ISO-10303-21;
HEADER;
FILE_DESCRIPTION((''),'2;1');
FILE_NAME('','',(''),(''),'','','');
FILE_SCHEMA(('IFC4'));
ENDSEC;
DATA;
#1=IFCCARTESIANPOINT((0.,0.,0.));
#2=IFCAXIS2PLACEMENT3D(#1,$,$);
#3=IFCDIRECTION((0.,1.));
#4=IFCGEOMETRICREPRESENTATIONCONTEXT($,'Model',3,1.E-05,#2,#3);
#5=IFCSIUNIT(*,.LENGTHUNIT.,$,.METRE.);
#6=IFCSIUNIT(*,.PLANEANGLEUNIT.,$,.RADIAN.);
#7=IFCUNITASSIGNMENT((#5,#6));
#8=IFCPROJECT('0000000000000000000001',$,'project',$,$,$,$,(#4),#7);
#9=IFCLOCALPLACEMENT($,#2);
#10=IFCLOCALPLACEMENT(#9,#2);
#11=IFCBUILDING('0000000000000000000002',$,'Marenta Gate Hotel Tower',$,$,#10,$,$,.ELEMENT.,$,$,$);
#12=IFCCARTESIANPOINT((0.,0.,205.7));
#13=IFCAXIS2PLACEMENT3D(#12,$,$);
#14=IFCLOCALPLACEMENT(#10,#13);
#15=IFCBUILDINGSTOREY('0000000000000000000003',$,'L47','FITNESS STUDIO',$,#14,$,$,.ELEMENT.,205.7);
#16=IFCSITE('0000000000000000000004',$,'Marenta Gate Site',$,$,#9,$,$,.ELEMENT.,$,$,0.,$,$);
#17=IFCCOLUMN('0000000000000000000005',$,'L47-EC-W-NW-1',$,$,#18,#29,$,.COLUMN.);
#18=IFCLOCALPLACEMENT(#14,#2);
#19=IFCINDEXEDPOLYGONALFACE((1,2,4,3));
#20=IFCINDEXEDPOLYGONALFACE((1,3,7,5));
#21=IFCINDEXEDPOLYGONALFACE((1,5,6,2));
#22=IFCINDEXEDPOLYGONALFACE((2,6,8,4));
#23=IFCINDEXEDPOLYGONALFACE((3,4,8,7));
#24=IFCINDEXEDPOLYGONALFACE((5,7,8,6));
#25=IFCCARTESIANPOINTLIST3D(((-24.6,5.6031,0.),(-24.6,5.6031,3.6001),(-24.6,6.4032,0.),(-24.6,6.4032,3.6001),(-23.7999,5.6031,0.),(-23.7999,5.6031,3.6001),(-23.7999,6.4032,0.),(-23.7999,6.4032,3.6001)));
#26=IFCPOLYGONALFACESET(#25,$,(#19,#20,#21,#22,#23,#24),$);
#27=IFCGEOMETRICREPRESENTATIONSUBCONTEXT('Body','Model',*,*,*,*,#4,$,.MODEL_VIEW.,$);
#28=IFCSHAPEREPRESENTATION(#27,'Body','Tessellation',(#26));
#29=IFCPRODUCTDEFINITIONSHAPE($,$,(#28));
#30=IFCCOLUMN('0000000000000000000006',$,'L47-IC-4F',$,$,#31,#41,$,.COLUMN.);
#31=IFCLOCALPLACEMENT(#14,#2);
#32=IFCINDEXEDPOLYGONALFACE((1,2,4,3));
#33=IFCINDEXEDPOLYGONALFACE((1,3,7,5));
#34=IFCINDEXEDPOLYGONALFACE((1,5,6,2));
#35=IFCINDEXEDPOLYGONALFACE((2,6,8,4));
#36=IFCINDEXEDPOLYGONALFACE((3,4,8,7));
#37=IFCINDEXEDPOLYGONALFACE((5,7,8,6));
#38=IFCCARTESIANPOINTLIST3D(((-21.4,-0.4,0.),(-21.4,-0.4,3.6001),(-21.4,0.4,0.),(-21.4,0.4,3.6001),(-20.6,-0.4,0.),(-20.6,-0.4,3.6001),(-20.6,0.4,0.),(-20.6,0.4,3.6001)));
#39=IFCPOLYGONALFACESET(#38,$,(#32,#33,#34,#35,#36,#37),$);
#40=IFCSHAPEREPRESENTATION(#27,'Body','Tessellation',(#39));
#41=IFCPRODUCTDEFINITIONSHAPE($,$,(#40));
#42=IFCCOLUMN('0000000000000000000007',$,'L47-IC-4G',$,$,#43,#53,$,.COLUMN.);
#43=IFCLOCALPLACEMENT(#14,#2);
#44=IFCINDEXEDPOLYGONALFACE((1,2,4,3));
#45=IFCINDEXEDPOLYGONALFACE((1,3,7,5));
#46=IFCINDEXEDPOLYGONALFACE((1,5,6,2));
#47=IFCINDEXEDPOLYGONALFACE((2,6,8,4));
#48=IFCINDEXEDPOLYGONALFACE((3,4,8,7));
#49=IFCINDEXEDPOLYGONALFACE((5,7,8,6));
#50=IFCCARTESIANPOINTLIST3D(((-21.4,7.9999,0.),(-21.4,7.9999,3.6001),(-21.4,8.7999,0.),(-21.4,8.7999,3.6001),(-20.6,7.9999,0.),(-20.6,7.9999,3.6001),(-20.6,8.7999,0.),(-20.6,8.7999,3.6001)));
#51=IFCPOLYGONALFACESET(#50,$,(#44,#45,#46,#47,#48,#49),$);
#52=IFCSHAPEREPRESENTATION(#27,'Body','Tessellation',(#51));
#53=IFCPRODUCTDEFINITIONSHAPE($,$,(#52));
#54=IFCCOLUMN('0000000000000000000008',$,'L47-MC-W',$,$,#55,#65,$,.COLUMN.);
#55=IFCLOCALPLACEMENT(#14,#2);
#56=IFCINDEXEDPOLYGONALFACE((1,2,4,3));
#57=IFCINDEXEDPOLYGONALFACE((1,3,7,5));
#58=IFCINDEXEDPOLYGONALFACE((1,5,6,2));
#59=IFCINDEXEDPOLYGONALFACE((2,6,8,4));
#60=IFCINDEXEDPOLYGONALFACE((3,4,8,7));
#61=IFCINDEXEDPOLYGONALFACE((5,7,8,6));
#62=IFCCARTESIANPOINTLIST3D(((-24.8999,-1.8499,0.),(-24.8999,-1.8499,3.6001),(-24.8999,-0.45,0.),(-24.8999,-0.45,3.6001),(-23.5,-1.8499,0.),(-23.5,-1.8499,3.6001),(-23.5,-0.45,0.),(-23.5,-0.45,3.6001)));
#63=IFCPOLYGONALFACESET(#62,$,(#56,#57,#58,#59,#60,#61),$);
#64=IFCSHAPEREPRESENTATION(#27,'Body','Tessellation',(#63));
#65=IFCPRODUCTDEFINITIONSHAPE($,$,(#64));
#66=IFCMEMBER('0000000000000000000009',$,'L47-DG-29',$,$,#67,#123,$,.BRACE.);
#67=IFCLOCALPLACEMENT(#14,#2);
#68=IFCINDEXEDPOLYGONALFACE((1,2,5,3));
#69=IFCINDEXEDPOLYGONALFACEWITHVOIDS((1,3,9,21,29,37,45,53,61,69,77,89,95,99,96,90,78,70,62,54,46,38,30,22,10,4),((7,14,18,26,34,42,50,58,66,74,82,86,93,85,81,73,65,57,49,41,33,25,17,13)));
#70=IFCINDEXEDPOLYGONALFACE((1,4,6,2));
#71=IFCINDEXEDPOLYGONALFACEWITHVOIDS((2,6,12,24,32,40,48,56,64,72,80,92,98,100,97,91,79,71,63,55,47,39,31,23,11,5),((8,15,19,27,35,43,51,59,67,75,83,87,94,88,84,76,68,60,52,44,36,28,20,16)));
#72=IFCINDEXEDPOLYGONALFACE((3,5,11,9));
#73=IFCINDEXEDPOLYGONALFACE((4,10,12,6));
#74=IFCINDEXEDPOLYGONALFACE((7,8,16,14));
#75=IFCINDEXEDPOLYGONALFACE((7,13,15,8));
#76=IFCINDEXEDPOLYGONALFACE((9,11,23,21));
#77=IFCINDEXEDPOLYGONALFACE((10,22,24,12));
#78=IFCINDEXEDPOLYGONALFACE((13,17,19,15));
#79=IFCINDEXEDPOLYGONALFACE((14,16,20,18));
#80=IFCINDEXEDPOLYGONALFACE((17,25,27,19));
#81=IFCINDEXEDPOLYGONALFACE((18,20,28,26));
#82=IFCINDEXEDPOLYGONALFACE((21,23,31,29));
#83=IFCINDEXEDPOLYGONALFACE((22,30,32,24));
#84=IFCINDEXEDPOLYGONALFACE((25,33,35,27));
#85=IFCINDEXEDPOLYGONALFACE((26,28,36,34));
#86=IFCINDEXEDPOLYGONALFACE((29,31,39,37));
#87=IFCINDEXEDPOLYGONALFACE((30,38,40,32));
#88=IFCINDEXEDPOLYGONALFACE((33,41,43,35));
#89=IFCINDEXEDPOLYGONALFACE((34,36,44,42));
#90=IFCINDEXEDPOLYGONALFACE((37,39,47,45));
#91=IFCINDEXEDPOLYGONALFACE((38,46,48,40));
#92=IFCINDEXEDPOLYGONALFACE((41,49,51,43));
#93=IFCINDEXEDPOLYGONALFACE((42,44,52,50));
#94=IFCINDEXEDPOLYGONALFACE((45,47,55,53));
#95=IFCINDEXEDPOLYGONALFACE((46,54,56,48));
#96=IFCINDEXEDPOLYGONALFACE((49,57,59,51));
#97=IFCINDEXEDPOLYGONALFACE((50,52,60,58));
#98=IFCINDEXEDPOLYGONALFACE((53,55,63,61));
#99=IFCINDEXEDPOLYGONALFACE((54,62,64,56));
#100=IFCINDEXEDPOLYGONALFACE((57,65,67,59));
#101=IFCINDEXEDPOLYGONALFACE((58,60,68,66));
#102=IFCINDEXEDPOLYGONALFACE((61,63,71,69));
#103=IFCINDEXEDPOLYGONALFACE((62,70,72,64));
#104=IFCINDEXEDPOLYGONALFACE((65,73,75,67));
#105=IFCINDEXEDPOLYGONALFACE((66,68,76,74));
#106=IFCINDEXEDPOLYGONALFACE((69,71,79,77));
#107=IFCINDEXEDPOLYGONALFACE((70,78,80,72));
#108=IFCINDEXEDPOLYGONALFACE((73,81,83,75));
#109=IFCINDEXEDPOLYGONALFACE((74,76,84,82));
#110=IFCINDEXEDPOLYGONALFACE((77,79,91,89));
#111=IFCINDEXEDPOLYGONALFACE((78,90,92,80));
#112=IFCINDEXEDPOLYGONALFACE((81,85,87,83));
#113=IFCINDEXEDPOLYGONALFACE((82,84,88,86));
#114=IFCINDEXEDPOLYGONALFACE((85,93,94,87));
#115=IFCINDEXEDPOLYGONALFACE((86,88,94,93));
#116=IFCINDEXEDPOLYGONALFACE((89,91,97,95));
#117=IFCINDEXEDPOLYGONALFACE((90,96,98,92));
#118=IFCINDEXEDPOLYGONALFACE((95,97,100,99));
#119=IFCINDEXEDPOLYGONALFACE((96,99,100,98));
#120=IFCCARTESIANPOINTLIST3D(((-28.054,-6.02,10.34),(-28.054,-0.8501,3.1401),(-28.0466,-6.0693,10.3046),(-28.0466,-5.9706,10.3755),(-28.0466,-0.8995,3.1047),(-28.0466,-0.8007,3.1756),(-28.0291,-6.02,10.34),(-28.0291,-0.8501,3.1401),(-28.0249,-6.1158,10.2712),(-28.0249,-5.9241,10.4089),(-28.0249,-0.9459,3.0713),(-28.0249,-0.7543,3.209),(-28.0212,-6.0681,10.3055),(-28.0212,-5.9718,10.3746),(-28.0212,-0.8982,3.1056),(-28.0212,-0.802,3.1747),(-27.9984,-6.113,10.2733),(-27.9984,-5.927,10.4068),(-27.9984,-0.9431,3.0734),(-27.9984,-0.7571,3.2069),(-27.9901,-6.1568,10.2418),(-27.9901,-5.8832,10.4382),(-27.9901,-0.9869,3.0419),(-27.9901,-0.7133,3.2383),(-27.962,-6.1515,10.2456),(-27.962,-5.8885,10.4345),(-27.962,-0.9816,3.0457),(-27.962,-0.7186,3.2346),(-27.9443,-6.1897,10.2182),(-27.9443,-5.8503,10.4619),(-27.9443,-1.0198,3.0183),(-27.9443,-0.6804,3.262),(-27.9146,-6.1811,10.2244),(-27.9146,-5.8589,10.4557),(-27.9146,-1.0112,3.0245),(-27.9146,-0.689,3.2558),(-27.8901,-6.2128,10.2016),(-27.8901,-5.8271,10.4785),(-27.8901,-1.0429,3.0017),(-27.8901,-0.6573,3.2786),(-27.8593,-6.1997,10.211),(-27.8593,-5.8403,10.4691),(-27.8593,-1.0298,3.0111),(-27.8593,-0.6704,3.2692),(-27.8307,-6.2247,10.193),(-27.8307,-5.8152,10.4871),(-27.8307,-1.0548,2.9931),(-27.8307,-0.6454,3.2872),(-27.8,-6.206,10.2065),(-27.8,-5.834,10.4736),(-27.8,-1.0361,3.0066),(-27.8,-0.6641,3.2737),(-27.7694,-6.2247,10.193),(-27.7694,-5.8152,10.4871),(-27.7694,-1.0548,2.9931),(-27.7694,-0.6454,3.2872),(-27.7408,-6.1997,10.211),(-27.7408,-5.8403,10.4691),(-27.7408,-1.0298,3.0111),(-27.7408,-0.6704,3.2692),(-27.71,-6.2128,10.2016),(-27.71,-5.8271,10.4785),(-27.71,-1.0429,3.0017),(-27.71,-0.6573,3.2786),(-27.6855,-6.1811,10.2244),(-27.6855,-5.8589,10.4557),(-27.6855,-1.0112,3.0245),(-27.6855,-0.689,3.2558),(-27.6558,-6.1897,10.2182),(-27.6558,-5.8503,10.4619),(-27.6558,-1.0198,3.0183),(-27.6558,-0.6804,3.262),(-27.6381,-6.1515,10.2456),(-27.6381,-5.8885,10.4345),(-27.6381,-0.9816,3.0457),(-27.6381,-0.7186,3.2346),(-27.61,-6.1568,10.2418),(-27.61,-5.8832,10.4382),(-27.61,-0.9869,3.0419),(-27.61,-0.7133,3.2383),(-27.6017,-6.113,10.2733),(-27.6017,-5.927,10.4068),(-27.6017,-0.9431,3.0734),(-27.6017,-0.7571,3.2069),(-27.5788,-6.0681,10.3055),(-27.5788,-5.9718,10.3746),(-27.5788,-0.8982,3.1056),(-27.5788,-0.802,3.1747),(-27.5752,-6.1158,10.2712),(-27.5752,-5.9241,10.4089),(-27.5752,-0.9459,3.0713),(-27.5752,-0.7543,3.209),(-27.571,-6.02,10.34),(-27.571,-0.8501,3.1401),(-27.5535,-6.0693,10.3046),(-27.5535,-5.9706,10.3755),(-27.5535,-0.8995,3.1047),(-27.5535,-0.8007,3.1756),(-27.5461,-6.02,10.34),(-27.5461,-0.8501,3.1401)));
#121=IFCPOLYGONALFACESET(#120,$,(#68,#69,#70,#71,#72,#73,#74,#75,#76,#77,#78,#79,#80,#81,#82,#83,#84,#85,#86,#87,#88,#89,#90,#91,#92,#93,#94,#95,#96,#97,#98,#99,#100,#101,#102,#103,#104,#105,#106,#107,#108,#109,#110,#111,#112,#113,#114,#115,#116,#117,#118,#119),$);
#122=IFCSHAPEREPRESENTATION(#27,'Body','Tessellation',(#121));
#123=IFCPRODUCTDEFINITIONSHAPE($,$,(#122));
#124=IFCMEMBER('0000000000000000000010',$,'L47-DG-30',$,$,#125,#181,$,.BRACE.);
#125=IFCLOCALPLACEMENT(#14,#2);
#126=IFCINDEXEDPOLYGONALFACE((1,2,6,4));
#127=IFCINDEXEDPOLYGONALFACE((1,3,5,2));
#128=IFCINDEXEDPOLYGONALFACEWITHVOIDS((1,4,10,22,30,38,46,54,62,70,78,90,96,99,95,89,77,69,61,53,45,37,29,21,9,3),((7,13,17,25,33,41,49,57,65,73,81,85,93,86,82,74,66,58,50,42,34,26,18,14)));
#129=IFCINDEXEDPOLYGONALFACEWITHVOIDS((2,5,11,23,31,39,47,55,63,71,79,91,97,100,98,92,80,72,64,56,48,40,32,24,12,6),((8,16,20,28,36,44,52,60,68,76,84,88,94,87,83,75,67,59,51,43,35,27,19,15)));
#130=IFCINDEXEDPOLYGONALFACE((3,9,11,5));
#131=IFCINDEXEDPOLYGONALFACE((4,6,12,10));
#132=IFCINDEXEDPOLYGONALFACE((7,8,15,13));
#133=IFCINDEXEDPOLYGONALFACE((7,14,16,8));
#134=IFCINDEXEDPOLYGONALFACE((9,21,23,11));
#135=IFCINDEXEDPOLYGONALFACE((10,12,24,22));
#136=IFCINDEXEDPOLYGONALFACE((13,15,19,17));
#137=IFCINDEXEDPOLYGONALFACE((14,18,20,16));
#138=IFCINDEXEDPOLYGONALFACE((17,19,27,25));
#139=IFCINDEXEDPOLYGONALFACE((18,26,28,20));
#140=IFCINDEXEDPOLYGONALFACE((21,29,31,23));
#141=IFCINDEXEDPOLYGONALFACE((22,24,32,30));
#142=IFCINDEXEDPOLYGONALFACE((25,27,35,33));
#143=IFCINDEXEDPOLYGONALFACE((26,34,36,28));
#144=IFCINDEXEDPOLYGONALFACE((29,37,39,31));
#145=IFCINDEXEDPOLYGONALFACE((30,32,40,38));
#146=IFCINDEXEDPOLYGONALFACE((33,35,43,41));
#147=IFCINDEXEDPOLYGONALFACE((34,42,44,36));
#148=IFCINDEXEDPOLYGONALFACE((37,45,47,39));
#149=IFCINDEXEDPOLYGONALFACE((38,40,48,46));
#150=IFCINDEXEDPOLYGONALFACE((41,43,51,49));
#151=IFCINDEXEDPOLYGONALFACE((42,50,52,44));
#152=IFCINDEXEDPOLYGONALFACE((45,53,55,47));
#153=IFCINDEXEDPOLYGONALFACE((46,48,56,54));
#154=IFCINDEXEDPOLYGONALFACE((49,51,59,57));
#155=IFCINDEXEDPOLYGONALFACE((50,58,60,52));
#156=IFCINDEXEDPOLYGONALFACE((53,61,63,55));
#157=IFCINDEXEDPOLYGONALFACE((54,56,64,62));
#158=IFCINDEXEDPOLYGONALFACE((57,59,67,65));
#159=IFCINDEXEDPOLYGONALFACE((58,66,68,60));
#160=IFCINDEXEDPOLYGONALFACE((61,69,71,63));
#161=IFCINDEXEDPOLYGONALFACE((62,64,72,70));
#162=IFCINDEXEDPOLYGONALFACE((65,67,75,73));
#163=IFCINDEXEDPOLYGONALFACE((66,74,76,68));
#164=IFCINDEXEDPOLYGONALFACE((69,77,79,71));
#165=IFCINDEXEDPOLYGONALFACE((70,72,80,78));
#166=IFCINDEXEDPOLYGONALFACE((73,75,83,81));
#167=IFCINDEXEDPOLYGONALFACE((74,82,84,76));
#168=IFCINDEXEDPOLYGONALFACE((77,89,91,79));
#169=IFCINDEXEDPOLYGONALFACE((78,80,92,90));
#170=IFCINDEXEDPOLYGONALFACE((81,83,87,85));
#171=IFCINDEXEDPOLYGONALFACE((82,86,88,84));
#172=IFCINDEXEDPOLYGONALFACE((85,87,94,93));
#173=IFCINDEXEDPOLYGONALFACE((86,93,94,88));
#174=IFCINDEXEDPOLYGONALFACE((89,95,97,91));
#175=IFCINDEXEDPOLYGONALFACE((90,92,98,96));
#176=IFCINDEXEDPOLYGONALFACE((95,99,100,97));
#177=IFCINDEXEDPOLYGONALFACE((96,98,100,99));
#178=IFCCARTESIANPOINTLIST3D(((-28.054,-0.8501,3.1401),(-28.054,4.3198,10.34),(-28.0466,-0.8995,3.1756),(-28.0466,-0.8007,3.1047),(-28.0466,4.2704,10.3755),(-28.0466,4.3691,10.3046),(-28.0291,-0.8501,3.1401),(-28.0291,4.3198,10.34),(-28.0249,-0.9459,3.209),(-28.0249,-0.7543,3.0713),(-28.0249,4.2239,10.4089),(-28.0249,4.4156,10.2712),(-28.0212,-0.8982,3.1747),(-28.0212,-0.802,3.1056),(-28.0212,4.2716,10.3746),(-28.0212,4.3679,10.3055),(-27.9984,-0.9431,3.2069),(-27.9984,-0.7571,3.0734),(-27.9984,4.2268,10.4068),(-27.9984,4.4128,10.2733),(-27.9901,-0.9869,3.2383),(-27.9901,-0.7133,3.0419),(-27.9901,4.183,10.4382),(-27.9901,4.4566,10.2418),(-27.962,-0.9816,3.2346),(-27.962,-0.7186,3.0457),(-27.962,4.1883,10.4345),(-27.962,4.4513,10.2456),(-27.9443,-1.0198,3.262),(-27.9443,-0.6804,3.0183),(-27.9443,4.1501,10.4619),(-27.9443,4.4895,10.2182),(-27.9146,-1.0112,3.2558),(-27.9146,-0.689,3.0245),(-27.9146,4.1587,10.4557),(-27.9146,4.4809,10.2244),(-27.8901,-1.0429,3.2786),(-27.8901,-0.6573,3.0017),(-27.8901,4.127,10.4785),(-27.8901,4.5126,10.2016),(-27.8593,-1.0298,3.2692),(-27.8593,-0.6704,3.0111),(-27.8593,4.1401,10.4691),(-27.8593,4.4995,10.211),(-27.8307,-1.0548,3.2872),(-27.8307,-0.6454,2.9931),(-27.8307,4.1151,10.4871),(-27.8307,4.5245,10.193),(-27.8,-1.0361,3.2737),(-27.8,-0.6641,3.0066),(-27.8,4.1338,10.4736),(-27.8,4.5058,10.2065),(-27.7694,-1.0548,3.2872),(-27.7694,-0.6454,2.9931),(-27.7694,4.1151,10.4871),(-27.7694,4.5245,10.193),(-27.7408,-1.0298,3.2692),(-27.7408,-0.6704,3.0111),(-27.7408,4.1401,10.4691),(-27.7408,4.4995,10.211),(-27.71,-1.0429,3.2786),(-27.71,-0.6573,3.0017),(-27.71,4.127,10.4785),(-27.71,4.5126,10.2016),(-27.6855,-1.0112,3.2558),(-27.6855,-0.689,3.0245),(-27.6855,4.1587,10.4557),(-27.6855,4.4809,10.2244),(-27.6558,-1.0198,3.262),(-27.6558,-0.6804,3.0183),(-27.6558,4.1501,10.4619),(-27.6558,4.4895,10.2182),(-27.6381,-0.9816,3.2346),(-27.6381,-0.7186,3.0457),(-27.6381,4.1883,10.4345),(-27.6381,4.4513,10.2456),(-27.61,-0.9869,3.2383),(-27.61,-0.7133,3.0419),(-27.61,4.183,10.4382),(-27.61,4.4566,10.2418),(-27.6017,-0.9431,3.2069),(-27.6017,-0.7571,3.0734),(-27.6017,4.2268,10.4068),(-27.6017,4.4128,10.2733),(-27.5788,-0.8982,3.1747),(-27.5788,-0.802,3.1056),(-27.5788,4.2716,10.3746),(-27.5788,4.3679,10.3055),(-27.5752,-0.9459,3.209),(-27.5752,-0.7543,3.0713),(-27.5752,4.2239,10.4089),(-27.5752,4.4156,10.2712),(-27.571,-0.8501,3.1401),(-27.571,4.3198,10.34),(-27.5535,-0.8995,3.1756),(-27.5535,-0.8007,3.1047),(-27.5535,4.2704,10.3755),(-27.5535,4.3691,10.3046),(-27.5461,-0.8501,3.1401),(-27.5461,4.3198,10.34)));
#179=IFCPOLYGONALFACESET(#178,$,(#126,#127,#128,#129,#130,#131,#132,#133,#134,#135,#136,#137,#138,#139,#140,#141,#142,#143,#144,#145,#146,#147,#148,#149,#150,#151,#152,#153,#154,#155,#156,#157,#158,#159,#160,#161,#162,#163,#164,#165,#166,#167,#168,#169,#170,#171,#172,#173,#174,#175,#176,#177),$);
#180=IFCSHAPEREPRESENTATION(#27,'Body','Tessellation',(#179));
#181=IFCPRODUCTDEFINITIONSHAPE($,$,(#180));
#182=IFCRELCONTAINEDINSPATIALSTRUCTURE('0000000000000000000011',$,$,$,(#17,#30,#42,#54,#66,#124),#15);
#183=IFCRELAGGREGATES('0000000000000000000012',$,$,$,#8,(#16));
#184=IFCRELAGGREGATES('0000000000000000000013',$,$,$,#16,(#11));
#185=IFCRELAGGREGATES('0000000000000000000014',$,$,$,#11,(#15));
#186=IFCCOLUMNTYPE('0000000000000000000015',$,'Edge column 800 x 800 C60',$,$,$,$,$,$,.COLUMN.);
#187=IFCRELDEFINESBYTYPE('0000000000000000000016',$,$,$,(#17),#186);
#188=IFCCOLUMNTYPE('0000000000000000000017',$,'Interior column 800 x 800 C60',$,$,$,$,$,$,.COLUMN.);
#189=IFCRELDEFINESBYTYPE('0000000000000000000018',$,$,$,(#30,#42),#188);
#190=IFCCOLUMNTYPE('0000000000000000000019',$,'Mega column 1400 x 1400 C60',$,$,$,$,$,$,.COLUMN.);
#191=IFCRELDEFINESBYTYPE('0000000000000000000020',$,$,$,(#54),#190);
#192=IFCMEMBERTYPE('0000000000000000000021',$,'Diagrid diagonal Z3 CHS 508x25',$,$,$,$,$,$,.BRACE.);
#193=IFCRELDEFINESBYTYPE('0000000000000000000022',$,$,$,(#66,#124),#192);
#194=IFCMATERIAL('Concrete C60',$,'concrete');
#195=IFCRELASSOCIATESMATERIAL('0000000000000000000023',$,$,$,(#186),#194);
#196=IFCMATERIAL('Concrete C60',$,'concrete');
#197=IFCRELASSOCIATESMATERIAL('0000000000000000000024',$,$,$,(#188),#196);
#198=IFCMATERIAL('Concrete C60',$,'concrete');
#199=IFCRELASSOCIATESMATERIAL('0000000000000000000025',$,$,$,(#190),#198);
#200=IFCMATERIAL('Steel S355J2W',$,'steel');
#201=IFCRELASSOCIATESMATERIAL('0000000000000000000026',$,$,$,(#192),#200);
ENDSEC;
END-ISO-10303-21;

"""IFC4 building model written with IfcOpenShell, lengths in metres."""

from ifc_helpers import new_model, si_unit, direction, frame, origin, origin_2d, place, context, subcontext, project, spatial, rectangle, hollow_circle, extrude, material, material_profile, profile_set, type_object, element, save


model = new_model("IFC4")

# Units and contexts
model_context = context("Model", 3, precision=1e-05, world=origin(), true_north=direction((0.0, 1.0)))
body_context = subcontext(model_context, "Body", "Model", "MODEL_VIEW")
ifc_project = project(units=[si_unit("LENGTHUNIT", "METRE"), si_unit("PLANEANGLEUNIT", "RADIAN")], contexts=[model_context])

# Site, building, storey
site_placement = place(None, origin())
site = spatial("IfcSite", under=ifc_project, at=site_placement, Name="Marenta Gate Site", CompositionType="ELEMENT", RefElevation=0.0)
building_placement = place(site_placement, origin())
building = spatial("IfcBuilding", under=site, at=building_placement, Name="Marenta Gate Hotel Tower", CompositionType="ELEMENT")
storey_placement = place(building_placement, frame((0.0, 0.0, 205.7)))
storey = spatial("IfcBuildingStorey", under=building, at=storey_placement, Name="L47", Description="FITNESS STUDIO", CompositionType="ELEMENT", Elevation=205.7)

# Columns
ifc_material_1 = material(Name="Concrete C60", Category="concrete")
ifc_material_profile_1 = material_profile(ifc_material_1, rectangle(XDim=0.8, YDim=0.8, at=origin_2d()), Name="800 x 800")
ifc_profile_set_1 = profile_set([ifc_material_profile_1], Name="Concrete C60")
column_type_1 = type_object("IfcColumnType", Name="Edge column 800 x 800 C60", PredefinedType="COLUMN", material=ifc_profile_set_1)
column_1_placement = place(storey_placement, frame((-24.2, 6.0032, 0.0), z_axis=(0.0, 0.0, 1.0), x_axis=(1.0, 0.0, 0.0)))
element("IfcColumn", 1, at=column_1_placement, inside=storey, type_object=column_type_1, Name="L47-EC-W-NW-1", PredefinedType="COLUMN", context=body_context, shape_type="SweptSolid", body=[
    extrude(rectangle(XDim=0.8, YDim=0.8, at=origin_2d()), origin(), (0.0, 0.0, 1.0), 3.6001),
])
ifc_material_2 = material(Name="Concrete C60", Category="concrete")
ifc_material_profile_2 = material_profile(ifc_material_2, rectangle(XDim=0.8, YDim=0.8, at=origin_2d()), Name="800 x 800")
ifc_profile_set_2 = profile_set([ifc_material_profile_2], Name="Concrete C60")
column_type_2 = type_object("IfcColumnType", Name="Interior column 800 x 800 C60", PredefinedType="COLUMN", material=ifc_profile_set_2)
for number, where, z_axis, x_axis, name in (
    (2, (-21.0, 0.0, 0.0), (0.0, 0.0, 1.0), (1.0, 0.0, 0.0), "L47-IC-4F"),
    (3, (-21.0, 8.3999, 0.0), (0.0, 0.0, 1.0), (1.0, 0.0, 0.0), "L47-IC-4G"),
):
    element("IfcColumn", number, at=place(storey_placement, frame(where, z_axis=z_axis, x_axis=x_axis)), inside=storey, type_object=column_type_2, Name=name, PredefinedType="COLUMN", context=body_context, shape_type="SweptSolid", body=[
        extrude(rectangle(XDim=0.8, YDim=0.8, at=origin_2d()), origin(), (0.0, 0.0, 1.0), 3.6001),
    ])
ifc_material_3 = material(Name="Concrete C60", Category="concrete")
ifc_material_profile_3 = material_profile(ifc_material_3, rectangle(XDim=1.3999, YDim=1.3999, at=origin_2d()), Name="1400 x 1400")
ifc_profile_set_3 = profile_set([ifc_material_profile_3], Name="Concrete C60")
column_type_3 = type_object("IfcColumnType", Name="Mega column 1400 x 1400 C60", PredefinedType="COLUMN", material=ifc_profile_set_3)
column_2_placement = place(storey_placement, frame((-24.2, -1.1499, 0.0), z_axis=(0.0, 0.0, 1.0), x_axis=(1.0, 0.0, 0.0)))
element("IfcColumn", 4, at=column_2_placement, inside=storey, type_object=column_type_3, Name="L47-MC-W", PredefinedType="COLUMN", context=body_context, shape_type="SweptSolid", body=[
    extrude(rectangle(XDim=1.3999, YDim=1.3999, at=origin_2d()), origin(), (0.0, 0.0, 1.0), 3.6001),
])

# Members
ifc_material_4 = material(Name="Steel S355J2W", Category="steel")
ifc_material_profile_4 = material_profile(ifc_material_4, hollow_circle(Radius=0.2539, WallThickness=0.0249, at=origin_2d()), Name="CHS 508x25")
ifc_profile_set_4 = profile_set([ifc_material_profile_4], Name="Steel S355J2W")
member_type_1 = type_object("IfcMemberType", Name="Diagrid diagonal Z3 CHS 508x25", PredefinedType="BRACE", material=ifc_profile_set_4)
for number, where, z_axis, x_axis, name in (
    (5, (-27.8, -0.8501, 3.1401), (0.0, -0.583261, 0.812285), (1.0, 0.0, 0.0), "L47-DG-29"),
    (6, (-27.8, -0.8501, 3.1401), (0.0, 0.583261, 0.812285), (-1.0, 0.0, 0.0), "L47-DG-30"),
):
    element("IfcMember", number, at=place(storey_placement, frame(where, z_axis=z_axis, x_axis=x_axis)), inside=storey, type_object=member_type_1, Name=name, PredefinedType="BRACE", context=body_context, shape_type="SweptSolid", body=[
        extrude(hollow_circle(Radius=0.2539, WallThickness=0.0249, at=origin_2d()), origin(), (0.0, 0.0, 1.0), 8.8638),
    ])

save(model, "model.ifc")
